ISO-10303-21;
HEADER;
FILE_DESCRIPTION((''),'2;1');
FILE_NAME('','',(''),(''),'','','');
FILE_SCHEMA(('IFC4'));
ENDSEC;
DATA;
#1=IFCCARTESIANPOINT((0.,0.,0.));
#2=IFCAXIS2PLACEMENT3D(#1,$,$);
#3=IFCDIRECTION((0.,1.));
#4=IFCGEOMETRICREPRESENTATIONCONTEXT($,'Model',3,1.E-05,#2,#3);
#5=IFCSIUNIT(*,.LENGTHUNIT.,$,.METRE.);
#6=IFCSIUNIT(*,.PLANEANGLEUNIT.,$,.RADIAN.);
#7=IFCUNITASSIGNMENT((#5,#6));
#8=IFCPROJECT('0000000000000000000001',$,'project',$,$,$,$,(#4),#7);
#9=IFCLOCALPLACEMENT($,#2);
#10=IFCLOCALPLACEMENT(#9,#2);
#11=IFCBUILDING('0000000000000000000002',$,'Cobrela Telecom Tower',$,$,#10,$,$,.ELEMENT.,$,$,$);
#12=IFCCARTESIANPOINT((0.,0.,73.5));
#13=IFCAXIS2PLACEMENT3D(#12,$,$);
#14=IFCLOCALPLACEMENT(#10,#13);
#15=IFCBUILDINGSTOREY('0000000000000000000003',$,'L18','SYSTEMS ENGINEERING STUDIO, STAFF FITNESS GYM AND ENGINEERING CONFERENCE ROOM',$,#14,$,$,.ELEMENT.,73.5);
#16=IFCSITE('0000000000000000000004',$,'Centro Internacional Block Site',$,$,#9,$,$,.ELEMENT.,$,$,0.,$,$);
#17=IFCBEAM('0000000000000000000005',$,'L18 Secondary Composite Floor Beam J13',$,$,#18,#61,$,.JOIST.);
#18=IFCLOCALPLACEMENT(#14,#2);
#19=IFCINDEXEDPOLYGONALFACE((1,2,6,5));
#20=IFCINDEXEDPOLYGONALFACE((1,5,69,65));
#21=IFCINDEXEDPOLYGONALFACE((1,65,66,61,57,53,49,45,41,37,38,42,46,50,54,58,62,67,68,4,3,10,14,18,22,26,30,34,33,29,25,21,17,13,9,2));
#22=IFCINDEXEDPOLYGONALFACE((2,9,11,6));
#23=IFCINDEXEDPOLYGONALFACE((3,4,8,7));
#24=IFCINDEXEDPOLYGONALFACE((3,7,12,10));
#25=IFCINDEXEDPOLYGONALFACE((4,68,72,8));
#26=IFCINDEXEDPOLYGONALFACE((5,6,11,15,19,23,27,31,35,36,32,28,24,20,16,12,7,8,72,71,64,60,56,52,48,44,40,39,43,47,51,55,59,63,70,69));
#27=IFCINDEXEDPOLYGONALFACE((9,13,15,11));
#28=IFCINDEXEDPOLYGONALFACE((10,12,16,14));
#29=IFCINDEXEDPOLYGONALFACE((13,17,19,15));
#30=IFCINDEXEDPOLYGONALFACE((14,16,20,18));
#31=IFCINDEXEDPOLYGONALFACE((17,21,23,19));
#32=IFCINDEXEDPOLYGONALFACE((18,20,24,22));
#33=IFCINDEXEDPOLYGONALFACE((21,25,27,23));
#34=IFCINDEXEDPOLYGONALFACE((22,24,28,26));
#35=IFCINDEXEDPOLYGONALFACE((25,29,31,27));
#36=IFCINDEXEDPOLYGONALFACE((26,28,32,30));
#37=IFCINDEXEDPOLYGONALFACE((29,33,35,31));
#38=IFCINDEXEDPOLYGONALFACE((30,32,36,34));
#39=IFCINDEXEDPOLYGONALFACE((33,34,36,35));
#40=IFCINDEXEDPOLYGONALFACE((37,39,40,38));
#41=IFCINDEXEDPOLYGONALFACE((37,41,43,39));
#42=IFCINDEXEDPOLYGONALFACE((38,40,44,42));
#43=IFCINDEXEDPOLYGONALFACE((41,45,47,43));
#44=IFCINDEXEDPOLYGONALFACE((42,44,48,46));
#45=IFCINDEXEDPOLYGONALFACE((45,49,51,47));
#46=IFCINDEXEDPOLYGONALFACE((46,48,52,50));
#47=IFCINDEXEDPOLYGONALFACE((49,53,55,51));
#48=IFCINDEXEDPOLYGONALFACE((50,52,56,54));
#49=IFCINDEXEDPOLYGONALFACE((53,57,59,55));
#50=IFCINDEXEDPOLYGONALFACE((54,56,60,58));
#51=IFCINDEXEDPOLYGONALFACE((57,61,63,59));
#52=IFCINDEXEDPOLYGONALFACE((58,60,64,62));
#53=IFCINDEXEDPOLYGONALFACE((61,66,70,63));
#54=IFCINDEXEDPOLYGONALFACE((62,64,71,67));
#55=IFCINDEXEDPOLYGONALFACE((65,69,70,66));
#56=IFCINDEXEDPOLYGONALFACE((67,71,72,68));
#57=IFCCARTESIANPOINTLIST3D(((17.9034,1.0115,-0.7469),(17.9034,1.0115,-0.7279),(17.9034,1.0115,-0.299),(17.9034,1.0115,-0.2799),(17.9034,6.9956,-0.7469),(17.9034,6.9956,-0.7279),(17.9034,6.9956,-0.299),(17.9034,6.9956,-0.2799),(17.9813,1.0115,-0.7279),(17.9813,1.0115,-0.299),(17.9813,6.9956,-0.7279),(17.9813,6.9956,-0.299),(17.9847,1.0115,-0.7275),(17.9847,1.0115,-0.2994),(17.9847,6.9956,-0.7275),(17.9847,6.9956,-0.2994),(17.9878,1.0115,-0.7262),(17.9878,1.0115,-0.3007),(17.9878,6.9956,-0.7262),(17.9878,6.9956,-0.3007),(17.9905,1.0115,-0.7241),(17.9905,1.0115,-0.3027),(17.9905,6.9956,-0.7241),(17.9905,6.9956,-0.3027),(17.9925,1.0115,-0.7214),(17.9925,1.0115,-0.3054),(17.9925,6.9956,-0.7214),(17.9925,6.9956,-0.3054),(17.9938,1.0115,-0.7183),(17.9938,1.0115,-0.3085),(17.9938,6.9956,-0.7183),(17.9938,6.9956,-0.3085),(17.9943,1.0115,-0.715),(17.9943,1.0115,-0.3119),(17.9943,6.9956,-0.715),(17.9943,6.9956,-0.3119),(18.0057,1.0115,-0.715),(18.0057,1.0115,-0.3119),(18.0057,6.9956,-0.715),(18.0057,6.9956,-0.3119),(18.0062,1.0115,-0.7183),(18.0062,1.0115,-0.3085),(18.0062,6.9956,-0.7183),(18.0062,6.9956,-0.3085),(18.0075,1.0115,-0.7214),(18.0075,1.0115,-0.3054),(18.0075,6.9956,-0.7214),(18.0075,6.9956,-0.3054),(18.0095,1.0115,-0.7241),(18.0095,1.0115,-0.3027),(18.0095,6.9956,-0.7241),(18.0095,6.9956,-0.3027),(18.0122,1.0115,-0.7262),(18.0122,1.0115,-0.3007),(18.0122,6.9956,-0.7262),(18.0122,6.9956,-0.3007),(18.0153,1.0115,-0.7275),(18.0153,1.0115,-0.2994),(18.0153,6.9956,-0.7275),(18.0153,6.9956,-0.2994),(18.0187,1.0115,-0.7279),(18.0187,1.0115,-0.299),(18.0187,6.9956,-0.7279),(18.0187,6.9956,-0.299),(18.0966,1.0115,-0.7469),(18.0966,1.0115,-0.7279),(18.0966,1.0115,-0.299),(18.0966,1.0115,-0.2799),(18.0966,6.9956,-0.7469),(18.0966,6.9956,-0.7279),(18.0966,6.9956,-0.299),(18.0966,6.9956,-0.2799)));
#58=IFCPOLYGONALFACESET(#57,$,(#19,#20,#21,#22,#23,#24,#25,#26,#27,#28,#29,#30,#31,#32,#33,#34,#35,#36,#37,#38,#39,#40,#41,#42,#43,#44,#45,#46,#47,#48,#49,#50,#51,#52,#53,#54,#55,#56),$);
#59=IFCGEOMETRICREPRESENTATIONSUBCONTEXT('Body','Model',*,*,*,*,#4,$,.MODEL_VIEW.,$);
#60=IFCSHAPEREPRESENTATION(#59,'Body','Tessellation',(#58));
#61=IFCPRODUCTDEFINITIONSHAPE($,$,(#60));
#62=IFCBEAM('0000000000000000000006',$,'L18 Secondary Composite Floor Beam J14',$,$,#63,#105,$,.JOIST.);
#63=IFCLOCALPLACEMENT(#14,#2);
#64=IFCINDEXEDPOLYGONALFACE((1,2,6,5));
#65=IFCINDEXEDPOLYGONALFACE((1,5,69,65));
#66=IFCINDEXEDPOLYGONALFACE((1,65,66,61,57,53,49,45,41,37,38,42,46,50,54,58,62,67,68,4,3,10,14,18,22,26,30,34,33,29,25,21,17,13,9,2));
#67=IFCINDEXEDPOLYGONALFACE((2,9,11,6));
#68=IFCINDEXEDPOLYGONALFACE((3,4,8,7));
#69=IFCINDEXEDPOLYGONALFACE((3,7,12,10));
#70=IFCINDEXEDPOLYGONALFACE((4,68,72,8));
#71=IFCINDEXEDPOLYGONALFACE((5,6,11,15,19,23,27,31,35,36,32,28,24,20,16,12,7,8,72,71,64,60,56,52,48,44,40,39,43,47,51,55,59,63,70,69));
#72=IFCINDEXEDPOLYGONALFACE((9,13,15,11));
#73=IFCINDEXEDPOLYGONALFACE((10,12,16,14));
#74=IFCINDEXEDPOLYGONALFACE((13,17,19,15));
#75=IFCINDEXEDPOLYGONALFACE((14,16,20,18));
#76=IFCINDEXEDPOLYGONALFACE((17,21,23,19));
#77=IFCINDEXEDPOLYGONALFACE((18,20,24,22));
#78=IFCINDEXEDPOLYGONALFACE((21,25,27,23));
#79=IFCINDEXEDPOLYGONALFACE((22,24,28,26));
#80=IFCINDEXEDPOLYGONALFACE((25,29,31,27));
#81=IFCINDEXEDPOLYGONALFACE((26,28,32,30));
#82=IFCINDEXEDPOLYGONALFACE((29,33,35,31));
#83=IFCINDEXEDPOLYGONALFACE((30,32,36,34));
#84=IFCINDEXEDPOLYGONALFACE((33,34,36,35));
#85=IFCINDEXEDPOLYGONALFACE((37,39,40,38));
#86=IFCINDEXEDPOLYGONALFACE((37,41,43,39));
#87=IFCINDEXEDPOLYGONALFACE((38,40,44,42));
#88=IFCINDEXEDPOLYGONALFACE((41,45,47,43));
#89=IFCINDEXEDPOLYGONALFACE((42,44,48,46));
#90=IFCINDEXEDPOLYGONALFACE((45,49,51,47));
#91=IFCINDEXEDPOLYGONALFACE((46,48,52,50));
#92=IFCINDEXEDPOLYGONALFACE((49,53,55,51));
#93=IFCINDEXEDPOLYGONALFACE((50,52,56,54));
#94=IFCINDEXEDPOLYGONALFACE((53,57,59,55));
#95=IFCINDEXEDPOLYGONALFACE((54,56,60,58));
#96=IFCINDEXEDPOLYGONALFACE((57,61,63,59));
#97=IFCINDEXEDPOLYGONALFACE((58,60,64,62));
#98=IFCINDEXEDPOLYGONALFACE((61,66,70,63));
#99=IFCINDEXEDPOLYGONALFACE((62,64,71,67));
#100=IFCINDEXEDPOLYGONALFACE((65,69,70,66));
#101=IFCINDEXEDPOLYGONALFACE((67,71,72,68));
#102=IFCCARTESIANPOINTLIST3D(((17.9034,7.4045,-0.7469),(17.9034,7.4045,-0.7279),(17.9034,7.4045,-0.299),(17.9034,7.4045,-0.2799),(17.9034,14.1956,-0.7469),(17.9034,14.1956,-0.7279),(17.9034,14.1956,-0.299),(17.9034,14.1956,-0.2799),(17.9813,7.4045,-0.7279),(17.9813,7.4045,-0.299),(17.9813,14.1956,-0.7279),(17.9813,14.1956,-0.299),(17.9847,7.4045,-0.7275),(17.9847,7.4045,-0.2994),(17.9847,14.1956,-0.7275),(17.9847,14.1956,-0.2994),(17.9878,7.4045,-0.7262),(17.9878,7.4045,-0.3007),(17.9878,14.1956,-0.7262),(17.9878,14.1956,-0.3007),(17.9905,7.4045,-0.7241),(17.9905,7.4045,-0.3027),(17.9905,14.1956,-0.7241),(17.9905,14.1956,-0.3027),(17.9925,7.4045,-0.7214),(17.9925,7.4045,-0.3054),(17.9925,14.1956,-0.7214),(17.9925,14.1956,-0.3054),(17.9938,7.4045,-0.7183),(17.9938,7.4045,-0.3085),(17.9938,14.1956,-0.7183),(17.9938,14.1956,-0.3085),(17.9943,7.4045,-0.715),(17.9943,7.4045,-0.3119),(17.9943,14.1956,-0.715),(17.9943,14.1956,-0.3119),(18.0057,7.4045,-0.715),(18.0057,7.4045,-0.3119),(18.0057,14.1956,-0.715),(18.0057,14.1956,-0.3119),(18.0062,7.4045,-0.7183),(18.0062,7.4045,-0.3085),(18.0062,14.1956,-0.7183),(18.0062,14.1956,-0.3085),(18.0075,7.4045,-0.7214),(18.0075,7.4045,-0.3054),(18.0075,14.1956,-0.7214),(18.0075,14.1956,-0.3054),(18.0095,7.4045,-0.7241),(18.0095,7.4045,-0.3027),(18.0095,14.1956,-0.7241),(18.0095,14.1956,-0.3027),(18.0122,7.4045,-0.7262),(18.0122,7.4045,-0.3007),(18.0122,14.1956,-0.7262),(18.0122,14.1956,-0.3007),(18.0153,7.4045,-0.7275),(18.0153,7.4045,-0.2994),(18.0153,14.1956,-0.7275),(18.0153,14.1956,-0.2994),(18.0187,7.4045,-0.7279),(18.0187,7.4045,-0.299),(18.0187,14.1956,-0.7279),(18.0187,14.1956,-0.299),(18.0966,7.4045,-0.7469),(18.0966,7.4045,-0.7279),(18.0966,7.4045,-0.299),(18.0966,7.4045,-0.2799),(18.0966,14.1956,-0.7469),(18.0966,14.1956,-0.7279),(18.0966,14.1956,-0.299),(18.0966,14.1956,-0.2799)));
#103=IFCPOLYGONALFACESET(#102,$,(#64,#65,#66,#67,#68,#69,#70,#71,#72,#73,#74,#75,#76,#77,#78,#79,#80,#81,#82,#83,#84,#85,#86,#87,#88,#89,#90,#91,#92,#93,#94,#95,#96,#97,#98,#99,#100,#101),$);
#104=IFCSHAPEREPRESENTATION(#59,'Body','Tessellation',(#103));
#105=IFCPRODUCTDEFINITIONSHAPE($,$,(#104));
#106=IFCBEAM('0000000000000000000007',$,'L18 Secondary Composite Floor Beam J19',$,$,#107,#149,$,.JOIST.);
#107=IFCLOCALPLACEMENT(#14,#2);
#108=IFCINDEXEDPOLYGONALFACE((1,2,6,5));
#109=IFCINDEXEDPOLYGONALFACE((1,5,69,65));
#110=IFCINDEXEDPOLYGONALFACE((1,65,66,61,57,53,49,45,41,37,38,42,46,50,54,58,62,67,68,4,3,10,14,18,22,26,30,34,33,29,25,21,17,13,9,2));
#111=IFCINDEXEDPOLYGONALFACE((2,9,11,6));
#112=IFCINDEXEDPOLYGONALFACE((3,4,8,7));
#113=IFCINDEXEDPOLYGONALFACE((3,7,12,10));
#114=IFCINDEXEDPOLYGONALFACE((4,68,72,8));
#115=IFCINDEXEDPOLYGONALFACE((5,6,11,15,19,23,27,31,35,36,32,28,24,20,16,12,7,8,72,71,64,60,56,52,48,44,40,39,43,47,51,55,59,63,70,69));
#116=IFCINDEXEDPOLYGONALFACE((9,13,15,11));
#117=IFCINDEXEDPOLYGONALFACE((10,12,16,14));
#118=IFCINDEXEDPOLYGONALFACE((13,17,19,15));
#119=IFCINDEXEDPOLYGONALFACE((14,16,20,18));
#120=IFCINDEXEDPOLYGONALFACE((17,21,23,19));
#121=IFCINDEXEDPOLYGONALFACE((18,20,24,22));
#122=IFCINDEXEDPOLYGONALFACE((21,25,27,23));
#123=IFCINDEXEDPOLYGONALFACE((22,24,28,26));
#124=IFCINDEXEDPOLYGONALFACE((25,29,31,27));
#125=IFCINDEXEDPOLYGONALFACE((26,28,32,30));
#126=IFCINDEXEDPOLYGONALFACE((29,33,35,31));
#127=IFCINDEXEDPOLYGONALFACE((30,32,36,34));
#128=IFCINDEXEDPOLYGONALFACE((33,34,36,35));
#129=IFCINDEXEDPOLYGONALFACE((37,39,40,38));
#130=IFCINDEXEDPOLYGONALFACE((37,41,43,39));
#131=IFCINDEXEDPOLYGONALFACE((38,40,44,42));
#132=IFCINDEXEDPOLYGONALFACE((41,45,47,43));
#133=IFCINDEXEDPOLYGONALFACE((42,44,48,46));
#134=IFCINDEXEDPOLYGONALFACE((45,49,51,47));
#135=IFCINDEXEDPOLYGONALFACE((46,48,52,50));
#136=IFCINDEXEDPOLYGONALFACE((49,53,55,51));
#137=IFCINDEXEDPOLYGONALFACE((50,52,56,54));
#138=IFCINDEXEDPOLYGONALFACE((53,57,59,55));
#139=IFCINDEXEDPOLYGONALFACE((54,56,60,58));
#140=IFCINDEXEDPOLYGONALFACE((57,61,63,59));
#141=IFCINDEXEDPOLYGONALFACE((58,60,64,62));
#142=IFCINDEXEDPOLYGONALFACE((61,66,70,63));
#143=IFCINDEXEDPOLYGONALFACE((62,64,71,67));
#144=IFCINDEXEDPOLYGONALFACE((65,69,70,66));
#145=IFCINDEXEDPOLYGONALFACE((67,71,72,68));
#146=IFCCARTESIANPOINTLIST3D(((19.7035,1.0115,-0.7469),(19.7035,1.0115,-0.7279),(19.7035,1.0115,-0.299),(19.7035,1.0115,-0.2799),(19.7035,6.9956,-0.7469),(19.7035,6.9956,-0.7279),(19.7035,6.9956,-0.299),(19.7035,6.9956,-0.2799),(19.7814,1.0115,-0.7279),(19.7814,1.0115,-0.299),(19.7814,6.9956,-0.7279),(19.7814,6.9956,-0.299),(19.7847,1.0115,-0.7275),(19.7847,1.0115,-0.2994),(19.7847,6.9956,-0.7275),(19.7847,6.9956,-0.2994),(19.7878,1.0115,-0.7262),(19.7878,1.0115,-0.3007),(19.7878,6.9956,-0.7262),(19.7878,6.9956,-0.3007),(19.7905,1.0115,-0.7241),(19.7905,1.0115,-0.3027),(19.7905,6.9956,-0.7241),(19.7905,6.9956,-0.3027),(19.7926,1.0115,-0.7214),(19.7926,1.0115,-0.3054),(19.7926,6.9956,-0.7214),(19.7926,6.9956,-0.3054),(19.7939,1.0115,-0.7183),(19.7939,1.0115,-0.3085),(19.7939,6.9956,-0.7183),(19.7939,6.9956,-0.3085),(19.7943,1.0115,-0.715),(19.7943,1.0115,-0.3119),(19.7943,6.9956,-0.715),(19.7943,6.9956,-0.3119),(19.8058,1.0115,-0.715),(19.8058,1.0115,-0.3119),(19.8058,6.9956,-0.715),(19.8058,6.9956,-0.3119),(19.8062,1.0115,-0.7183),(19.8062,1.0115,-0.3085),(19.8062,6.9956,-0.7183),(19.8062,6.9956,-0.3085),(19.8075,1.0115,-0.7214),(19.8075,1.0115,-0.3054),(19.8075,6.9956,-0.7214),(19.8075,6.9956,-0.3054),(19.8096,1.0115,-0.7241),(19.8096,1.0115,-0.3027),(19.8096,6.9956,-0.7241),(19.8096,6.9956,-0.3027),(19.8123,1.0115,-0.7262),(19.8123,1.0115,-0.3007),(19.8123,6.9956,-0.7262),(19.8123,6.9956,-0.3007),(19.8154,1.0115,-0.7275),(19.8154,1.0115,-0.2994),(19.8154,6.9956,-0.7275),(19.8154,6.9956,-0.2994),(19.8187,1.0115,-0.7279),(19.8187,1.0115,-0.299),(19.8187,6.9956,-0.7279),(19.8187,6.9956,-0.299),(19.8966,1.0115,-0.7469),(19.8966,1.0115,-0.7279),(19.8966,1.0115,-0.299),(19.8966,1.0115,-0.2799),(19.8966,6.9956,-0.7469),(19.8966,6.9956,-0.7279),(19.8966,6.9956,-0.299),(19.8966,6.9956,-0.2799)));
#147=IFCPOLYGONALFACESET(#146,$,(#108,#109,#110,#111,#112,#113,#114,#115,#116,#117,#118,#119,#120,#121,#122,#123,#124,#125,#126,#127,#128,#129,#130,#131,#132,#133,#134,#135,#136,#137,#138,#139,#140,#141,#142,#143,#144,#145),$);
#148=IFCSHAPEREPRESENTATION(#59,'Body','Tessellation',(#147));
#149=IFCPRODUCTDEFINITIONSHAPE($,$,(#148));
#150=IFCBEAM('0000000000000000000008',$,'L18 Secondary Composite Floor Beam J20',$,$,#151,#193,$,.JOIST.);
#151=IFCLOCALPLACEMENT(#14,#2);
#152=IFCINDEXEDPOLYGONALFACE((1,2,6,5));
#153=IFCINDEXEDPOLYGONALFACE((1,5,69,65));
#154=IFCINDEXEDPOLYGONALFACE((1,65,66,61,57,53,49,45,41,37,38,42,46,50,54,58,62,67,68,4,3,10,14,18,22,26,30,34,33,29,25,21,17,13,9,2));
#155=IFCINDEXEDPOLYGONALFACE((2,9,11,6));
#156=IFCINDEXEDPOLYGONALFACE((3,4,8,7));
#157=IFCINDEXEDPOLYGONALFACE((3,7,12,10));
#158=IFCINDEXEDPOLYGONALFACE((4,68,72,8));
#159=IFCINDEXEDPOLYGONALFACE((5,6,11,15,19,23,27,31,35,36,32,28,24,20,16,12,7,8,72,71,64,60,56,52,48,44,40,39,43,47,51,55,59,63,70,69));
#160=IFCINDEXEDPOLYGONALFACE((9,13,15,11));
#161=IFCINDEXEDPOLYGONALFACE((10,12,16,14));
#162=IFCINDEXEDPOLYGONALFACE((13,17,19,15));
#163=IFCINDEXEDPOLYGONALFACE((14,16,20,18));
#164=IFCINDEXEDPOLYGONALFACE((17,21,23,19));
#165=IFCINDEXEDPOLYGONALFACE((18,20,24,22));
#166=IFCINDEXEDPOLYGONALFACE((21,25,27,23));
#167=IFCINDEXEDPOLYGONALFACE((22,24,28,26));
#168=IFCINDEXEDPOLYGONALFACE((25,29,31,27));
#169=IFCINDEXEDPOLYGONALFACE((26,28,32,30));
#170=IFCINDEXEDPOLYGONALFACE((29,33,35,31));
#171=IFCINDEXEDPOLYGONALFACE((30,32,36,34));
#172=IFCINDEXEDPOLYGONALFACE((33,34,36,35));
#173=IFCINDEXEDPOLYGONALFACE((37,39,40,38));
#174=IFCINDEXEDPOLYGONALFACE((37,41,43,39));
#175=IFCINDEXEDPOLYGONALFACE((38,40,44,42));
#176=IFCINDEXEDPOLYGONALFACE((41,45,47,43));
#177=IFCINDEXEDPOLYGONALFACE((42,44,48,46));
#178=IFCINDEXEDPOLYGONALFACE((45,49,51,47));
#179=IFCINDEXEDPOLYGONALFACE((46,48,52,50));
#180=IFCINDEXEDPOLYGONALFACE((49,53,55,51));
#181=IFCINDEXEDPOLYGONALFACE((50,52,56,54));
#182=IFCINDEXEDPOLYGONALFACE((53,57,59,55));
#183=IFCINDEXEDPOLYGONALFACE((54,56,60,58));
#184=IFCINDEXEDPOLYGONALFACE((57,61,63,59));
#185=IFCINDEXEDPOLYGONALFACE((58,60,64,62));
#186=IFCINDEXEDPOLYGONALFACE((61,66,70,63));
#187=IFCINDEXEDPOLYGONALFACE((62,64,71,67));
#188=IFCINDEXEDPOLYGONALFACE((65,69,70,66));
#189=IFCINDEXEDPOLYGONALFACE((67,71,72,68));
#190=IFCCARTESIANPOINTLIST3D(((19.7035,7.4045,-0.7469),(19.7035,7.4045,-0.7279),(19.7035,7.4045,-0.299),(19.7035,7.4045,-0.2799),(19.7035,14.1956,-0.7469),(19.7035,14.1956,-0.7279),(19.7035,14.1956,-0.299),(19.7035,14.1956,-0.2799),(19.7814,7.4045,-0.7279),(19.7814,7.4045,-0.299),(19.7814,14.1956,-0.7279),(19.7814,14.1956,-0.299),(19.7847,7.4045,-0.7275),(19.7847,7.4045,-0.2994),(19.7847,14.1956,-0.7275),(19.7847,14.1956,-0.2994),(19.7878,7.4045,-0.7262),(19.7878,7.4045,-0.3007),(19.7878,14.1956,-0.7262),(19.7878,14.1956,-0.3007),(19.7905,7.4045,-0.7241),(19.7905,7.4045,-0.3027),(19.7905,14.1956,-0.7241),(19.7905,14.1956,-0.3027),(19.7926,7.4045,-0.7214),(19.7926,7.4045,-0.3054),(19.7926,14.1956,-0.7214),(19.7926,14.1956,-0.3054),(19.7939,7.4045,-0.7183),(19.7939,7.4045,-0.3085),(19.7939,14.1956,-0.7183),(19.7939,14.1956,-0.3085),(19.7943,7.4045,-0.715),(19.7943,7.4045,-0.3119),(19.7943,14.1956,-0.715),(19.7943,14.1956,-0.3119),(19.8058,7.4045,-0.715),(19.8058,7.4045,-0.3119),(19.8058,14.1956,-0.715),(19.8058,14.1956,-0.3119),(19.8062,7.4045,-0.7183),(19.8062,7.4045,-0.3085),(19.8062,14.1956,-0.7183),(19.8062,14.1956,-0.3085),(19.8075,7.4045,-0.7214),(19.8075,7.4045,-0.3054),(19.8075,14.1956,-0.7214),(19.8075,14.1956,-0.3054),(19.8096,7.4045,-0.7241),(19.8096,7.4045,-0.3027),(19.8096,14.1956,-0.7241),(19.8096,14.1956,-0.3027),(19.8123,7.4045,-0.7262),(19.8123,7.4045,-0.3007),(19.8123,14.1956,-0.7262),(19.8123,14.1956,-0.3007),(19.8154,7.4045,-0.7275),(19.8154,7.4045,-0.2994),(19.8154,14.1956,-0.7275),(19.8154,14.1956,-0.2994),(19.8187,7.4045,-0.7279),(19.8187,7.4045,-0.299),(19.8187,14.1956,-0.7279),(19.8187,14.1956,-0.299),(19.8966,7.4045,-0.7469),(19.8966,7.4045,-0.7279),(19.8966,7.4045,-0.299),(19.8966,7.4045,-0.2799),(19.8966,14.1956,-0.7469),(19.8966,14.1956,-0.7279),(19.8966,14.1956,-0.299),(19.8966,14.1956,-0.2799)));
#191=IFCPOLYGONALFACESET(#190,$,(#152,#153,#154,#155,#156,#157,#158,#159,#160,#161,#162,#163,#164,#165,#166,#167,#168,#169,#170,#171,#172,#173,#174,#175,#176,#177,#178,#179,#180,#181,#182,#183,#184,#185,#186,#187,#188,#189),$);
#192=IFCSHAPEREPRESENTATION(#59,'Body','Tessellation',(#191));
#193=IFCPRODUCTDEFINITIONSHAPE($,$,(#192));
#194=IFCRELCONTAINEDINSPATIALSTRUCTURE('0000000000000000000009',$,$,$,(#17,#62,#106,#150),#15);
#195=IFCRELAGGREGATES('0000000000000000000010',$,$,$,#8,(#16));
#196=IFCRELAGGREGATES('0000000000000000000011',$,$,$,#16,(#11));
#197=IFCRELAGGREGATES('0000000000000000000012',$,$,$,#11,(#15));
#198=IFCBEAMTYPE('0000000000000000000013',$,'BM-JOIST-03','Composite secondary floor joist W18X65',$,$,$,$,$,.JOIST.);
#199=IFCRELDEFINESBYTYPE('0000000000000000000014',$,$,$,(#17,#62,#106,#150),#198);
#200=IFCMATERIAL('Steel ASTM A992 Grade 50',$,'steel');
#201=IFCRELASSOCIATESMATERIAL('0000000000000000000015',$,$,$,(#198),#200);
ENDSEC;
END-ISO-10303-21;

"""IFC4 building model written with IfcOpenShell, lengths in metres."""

from ifc_helpers import new_model, si_unit, direction, frame, origin, origin_2d, place, context, subcontext, project, spatial, i_section, extrude, material, material_profile, profile_set, type_object, element, save


model = new_model("IFC4")

# Units and contexts
model_context = context("Model", 3, precision=1e-05, world=origin(), true_north=direction((0.0, 1.0)))
body_context = subcontext(model_context, "Body", "Model", "MODEL_VIEW")
ifc_project = project(units=[si_unit("LENGTHUNIT", "METRE"), si_unit("PLANEANGLEUNIT", "RADIAN")], contexts=[model_context])

# Site, building, storey
site_placement = place(None, origin())
site = spatial("IfcSite", under=ifc_project, at=site_placement, Name="Centro Internacional Block Site", CompositionType="ELEMENT", RefElevation=0.0)
building_placement = place(site_placement, origin())
building = spatial("IfcBuilding", under=site, at=building_placement, Name="Cobrela Telecom Tower", CompositionType="ELEMENT")
storey_placement = place(building_placement, frame((0.0, 0.0, 73.5)))
storey = spatial("IfcBuildingStorey", under=building, at=storey_placement, Name="L18", Description="SYSTEMS ENGINEERING STUDIO, STAFF FITNESS GYM AND ENGINEERING CONFERENCE ROOM", CompositionType="ELEMENT", Elevation=73.5)

# Beams
ifc_material_1 = material(Name="Steel ASTM A992 Grade 50", Category="steel")
ifc_material_profile_1 = material_profile(ifc_material_1, i_section(OverallWidth=0.1931, OverallDepth=0.467, WebThickness=0.0115, FlangeThickness=0.019, FilletRadius=0.0129, at=origin_2d()), Name="W18X65")
ifc_profile_set_1 = profile_set([ifc_material_profile_1], Name="Steel ASTM A992 Grade 50")
beam_type_1 = type_object("IfcBeamType", Name="BM-JOIST-03", Description="Composite secondary floor joist W18X65", PredefinedType="JOIST", material=ifc_profile_set_1)
beam_1_placement = place(storey_placement, frame((18.0, 1.0115, -0.5134), z_axis=(0.0, 1.0, 0.0), x_axis=(-1.0, 0.0, 0.0)))
element("IfcBeam", 1, at=beam_1_placement, inside=storey, type_object=beam_type_1, Name="L18 Secondary Composite Floor Beam J13", PredefinedType="JOIST", context=body_context, shape_type="SweptSolid", body=[
    extrude(i_section(OverallWidth=0.1931, OverallDepth=0.467, WebThickness=0.0115, FlangeThickness=0.019, FilletRadius=0.0129, at=origin_2d()), origin(), (0.0, 0.0, 1.0), 5.9841),
])
beam_2_placement = place(storey_placement, frame((18.0, 7.4045, -0.5134), z_axis=(0.0, 1.0, 0.0), x_axis=(-1.0, 0.0, 0.0)))
element("IfcBeam", 2, at=beam_2_placement, inside=storey, type_object=beam_type_1, Name="L18 Secondary Composite Floor Beam J14", PredefinedType="JOIST", context=body_context, shape_type="SweptSolid", body=[
    extrude(i_section(OverallWidth=0.1931, OverallDepth=0.467, WebThickness=0.0115, FlangeThickness=0.019, FilletRadius=0.0129, at=origin_2d()), origin(), (0.0, 0.0, 1.0), 6.791),
])
beam_3_placement = place(storey_placement, frame((19.8, 1.0115, -0.5134), z_axis=(0.0, 1.0, 0.0), x_axis=(-1.0, 0.0, 0.0)))
element("IfcBeam", 3, at=beam_3_placement, inside=storey, type_object=beam_type_1, Name="L18 Secondary Composite Floor Beam J19", PredefinedType="JOIST", context=body_context, shape_type="SweptSolid", body=[
    extrude(i_section(OverallWidth=0.1931, OverallDepth=0.467, WebThickness=0.0115, FlangeThickness=0.019, FilletRadius=0.0129, at=origin_2d()), origin(), (0.0, 0.0, 1.0), 5.9841),
])
beam_4_placement = place(storey_placement, frame((19.8, 7.4045, -0.5134), z_axis=(0.0, 1.0, 0.0), x_axis=(-1.0, 0.0, 0.0)))
element("IfcBeam", 4, at=beam_4_placement, inside=storey, type_object=beam_type_1, Name="L18 Secondary Composite Floor Beam J20", PredefinedType="JOIST", context=body_context, shape_type="SweptSolid", body=[
    extrude(i_section(OverallWidth=0.1931, OverallDepth=0.467, WebThickness=0.0115, FlangeThickness=0.019, FilletRadius=0.0129, at=origin_2d()), origin(), (0.0, 0.0, 1.0), 6.791),
])

save(model, "model.ifc")
